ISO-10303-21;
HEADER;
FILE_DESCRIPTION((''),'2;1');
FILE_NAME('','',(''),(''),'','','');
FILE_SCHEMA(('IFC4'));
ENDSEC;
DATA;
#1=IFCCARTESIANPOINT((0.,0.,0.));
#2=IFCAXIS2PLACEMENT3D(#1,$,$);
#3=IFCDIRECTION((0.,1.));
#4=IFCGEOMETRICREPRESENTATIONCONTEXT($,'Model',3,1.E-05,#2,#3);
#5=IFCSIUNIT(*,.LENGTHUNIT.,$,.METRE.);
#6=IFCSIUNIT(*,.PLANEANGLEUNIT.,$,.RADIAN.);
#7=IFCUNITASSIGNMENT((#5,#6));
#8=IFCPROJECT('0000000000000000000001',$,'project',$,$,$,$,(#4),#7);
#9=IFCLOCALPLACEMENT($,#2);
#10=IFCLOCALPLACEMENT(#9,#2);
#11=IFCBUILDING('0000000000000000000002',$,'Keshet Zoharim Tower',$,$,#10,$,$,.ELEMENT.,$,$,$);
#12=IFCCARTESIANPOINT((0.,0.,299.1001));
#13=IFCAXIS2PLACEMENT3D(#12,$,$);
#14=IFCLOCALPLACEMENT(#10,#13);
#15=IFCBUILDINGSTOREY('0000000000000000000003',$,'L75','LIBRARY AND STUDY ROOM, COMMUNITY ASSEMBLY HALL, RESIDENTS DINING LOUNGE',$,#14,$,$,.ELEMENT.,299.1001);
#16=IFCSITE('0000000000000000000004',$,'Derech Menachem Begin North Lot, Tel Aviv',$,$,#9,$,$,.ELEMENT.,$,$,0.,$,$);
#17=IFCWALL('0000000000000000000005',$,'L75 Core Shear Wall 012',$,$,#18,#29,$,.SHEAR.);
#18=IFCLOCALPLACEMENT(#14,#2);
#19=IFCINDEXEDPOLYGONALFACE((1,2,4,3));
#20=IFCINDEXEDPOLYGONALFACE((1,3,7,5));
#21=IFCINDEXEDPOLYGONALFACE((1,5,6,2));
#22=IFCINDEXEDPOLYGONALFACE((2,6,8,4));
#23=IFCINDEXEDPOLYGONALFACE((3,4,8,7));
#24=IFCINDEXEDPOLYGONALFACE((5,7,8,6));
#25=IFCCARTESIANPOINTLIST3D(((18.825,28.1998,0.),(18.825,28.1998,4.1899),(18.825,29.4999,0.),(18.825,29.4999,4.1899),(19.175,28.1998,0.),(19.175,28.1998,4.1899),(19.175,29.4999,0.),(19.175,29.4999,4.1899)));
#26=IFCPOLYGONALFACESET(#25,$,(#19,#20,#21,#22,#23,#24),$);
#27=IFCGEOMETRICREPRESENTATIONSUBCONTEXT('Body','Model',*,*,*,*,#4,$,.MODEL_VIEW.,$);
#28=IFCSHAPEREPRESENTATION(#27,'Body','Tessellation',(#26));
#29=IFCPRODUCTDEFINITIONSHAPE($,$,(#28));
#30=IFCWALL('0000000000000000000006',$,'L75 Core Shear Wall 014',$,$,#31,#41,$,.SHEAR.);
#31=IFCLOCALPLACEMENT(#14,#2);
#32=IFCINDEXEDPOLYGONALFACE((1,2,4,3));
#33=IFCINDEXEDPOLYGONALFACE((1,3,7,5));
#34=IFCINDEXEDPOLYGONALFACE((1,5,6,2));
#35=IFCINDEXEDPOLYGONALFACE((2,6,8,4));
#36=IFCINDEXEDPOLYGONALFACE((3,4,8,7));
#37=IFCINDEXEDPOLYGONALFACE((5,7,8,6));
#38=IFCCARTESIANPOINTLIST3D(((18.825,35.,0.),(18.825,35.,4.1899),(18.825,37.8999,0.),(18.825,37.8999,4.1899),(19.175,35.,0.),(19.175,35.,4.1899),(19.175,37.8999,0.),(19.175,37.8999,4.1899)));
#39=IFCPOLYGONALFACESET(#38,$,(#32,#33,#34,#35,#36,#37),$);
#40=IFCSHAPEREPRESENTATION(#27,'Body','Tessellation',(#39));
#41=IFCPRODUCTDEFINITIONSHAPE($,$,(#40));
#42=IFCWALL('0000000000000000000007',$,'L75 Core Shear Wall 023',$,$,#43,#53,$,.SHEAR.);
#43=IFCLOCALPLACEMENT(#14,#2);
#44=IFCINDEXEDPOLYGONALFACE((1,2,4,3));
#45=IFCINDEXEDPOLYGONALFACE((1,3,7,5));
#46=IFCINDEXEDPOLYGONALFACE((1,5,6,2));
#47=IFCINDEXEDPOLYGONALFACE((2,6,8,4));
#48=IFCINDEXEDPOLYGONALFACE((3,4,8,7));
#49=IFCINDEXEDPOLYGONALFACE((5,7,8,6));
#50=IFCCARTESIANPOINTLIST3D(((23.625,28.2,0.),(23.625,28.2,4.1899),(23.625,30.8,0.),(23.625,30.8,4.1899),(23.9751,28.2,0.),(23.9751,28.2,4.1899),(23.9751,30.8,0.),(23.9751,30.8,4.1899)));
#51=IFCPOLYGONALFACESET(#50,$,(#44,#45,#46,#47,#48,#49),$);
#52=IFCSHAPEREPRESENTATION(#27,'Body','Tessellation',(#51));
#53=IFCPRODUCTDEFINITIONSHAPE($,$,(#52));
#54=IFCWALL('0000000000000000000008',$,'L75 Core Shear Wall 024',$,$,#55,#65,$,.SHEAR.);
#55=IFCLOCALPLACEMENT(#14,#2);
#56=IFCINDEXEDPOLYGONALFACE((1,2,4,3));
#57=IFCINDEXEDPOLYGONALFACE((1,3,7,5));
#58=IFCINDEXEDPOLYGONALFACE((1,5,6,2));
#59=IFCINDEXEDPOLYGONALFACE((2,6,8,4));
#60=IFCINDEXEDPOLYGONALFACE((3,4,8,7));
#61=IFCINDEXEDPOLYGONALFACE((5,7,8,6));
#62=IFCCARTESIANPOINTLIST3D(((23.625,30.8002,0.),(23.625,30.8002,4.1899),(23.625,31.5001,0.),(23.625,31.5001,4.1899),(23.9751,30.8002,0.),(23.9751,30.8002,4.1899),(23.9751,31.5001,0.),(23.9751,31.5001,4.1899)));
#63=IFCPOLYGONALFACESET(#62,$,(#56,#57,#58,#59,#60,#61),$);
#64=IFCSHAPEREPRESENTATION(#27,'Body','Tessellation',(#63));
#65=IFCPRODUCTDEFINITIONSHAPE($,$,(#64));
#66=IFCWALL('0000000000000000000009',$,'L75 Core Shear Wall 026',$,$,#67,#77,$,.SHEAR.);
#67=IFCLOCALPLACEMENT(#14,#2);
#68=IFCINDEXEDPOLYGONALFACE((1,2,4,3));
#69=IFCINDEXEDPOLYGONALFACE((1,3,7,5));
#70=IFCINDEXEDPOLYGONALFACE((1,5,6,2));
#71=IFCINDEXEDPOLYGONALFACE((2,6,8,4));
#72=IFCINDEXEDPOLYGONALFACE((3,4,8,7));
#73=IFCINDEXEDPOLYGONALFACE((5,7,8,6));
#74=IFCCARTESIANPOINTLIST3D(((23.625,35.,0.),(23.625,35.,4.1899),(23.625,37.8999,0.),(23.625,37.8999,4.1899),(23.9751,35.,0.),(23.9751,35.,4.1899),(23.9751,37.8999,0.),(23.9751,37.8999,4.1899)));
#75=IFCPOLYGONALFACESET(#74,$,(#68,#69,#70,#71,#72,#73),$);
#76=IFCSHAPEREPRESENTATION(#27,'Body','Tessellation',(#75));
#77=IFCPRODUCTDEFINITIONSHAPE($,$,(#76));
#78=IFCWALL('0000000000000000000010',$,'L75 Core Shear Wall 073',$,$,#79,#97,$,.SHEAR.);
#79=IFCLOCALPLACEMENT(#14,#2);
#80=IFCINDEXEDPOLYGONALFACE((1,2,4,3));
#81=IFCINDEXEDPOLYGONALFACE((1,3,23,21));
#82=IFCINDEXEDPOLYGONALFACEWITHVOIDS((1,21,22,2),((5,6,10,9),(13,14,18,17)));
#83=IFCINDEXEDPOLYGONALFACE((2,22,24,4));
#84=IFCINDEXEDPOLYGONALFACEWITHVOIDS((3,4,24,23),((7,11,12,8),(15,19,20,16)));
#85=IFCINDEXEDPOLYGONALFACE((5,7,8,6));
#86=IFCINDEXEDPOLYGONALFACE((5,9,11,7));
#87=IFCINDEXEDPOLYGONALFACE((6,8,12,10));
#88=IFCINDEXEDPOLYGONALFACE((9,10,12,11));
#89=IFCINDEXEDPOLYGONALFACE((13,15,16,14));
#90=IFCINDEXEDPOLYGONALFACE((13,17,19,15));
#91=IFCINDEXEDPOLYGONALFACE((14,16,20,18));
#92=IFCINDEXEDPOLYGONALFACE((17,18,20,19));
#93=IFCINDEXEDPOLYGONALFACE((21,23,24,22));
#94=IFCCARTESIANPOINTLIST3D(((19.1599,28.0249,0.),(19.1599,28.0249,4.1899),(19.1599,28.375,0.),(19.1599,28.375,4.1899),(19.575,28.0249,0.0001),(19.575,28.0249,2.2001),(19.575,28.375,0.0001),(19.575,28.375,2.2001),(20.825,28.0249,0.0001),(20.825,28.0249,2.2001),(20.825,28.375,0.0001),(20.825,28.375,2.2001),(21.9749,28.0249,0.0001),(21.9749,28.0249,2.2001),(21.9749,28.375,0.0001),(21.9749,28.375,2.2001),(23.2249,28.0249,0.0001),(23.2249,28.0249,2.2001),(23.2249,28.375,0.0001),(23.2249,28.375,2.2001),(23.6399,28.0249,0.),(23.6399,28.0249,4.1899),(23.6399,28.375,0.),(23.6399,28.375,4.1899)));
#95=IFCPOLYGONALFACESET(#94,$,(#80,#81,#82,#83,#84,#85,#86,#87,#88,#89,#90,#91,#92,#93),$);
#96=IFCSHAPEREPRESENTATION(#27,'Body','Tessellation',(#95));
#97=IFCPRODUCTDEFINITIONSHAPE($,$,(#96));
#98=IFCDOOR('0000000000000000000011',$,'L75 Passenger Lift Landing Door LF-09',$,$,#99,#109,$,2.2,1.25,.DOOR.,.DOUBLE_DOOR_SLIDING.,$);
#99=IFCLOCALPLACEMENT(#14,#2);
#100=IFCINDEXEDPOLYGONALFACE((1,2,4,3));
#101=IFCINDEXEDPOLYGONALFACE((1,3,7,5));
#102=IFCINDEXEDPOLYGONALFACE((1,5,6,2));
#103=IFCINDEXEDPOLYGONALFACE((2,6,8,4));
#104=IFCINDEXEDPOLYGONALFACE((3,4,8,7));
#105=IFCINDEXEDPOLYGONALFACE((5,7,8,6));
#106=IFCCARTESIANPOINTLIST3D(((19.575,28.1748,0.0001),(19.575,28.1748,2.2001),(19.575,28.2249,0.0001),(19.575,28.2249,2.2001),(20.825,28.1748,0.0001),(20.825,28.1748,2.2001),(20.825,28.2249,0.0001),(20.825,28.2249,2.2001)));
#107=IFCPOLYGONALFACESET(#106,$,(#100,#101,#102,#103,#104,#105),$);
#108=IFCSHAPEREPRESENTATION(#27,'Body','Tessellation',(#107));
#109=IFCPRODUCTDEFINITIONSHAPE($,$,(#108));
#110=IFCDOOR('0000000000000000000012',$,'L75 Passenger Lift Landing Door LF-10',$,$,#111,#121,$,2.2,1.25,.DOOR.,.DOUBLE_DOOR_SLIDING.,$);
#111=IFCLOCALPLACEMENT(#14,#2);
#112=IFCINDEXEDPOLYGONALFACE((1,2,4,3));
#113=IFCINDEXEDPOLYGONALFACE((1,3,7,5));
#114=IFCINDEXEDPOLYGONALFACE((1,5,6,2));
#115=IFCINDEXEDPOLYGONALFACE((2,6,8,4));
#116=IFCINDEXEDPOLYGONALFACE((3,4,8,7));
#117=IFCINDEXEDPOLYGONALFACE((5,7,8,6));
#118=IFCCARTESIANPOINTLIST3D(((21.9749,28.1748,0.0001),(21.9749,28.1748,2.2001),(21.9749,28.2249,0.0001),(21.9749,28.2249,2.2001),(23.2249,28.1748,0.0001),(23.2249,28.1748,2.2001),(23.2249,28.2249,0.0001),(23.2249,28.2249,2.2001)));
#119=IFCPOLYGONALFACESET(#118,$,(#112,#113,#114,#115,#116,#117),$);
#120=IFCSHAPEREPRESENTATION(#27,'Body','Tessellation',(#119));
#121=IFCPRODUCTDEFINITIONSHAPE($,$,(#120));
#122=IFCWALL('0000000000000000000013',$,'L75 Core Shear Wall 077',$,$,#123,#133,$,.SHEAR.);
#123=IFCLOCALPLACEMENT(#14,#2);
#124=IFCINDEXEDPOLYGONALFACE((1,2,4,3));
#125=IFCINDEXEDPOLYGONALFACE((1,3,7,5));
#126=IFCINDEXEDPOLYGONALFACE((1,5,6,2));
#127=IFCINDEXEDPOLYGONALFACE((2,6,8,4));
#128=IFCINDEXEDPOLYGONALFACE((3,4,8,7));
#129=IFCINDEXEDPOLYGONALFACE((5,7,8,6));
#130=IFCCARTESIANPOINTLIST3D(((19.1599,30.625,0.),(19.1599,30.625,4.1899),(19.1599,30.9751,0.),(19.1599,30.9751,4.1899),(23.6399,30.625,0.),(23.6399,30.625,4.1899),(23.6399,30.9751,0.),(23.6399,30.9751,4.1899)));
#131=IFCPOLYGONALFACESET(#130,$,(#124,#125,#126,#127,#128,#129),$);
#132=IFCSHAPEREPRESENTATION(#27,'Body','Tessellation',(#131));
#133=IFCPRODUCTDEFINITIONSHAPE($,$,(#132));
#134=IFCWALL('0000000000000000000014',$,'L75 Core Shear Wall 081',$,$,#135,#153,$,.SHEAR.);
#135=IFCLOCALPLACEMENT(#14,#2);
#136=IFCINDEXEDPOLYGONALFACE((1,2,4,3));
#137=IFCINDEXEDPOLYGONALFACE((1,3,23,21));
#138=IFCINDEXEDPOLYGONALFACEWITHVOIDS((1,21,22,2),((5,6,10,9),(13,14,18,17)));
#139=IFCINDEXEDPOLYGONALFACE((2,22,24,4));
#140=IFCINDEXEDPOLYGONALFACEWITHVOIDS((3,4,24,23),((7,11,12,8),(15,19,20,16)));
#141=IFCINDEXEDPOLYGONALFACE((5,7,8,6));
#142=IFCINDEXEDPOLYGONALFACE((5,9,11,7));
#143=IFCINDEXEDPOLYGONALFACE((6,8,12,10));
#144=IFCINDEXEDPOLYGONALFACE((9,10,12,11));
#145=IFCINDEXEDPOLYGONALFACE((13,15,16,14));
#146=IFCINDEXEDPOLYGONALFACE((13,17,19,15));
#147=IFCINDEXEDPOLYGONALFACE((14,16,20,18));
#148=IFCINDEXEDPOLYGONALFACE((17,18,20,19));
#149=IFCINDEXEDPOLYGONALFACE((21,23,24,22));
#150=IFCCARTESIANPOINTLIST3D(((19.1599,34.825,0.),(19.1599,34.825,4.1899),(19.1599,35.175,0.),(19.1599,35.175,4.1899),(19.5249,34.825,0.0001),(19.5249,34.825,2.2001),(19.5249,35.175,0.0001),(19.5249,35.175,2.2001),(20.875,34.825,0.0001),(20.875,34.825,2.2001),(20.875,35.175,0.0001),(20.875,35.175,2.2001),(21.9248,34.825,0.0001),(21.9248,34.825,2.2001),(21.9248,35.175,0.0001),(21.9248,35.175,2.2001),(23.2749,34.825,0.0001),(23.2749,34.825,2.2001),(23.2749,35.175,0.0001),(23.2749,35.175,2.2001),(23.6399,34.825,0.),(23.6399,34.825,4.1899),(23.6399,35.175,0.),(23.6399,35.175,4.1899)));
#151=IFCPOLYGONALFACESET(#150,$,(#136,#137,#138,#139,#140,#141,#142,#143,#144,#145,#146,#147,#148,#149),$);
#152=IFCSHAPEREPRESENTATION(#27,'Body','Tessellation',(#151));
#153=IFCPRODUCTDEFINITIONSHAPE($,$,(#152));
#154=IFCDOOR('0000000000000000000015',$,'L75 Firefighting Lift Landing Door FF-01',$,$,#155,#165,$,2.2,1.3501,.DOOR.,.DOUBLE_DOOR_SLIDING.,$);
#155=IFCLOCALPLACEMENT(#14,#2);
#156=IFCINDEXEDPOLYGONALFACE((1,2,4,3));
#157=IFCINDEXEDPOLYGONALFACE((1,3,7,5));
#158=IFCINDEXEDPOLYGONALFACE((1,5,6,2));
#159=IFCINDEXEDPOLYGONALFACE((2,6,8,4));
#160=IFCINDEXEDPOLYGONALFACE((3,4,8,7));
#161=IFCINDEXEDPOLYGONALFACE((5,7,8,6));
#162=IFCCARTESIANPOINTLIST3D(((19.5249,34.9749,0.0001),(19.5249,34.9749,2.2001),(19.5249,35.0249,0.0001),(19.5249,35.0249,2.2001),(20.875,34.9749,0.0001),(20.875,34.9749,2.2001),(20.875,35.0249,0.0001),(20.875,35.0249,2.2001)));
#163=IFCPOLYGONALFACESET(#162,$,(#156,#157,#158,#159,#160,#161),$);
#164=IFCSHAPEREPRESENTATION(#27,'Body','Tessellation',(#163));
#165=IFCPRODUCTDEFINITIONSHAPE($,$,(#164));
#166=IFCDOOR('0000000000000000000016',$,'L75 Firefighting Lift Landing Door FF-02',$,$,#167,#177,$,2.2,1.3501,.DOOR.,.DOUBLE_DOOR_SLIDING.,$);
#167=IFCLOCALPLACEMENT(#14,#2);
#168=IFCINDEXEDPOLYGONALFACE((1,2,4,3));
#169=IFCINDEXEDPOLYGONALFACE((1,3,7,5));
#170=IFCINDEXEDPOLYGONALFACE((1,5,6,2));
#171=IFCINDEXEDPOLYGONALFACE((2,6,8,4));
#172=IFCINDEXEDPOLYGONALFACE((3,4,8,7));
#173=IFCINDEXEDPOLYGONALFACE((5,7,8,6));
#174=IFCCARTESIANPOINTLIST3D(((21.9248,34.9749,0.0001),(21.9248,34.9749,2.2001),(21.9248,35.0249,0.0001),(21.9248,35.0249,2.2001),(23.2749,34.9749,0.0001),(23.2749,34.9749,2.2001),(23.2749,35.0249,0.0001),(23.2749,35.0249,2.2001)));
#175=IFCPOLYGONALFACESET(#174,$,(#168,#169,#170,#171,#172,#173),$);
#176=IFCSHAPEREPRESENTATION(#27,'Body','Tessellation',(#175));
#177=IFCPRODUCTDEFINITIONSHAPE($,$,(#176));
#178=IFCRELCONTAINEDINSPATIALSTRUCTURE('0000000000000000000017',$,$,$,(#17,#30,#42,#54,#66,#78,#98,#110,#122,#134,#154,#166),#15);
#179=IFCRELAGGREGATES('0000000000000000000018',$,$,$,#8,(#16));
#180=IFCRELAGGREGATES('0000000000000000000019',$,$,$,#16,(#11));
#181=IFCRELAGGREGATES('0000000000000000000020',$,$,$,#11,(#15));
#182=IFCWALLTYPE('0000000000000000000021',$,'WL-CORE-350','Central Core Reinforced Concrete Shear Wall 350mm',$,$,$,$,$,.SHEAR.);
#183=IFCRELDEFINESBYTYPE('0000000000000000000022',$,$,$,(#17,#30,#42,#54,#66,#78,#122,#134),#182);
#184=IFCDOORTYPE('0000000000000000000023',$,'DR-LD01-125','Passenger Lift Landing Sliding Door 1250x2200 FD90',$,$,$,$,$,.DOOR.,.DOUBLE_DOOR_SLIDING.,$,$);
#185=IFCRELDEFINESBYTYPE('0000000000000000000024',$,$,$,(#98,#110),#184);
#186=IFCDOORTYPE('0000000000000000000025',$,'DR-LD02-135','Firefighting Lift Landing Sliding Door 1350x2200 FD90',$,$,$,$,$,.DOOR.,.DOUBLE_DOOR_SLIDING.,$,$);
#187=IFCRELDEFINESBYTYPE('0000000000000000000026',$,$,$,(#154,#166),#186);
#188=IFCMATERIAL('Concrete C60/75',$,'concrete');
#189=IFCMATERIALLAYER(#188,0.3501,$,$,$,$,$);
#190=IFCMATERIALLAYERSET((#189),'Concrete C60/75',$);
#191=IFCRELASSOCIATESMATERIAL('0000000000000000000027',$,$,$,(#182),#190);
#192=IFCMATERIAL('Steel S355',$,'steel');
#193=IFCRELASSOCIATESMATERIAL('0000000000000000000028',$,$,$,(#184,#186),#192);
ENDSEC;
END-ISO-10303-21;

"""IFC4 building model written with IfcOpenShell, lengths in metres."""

from ifc_helpers import new_model, si_unit, direction, frame, frame_2d, origin, place, context, subcontext, project, spatial, rectangle, extrude, material, layer, layer_set, type_object, element, fill, save


model = new_model("IFC4")

# Units and contexts
model_context = context("Model", 3, precision=1e-05, world=origin(), true_north=direction((0.0, 1.0)))
body_context = subcontext(model_context, "Body", "Model", "MODEL_VIEW")
ifc_project = project(units=[si_unit("LENGTHUNIT", "METRE"), si_unit("PLANEANGLEUNIT", "RADIAN")], contexts=[model_context])

# Site, building, storey
site_placement = place(None, origin())
site = spatial("IfcSite", under=ifc_project, at=site_placement, Name="Derech Menachem Begin North Lot, Tel Aviv", CompositionType="ELEMENT", RefElevation=0.0)
building_placement = place(site_placement, origin())
building = spatial("IfcBuilding", under=site, at=building_placement, Name="Keshet Zoharim Tower", CompositionType="ELEMENT")
storey_placement = place(building_placement, frame((0.0, 0.0, 299.1001)))
storey = spatial("IfcBuildingStorey", under=building, at=storey_placement, Name="L75", Description="LIBRARY AND STUDY ROOM, COMMUNITY ASSEMBLY HALL, RESIDENTS DINING LOUNGE", CompositionType="ELEMENT", Elevation=299.1001)

# Wall
ifc_material_1 = material(Name="Concrete C60/75", Category="concrete")
ifc_layer_1 = layer(ifc_material_1, 0.3501)
ifc_layer_set_1 = layer_set([ifc_layer_1], Name="Concrete C60/75")
wall_type_1 = type_object("IfcWallType", Name="WL-CORE-350", Description="Central Core Reinforced Concrete Shear Wall 350mm", PredefinedType="SHEAR", material=ifc_layer_set_1)
wall_1_placement = place(storey_placement, frame((19.0, 28.2, 0.0), z_axis=(0.0, 0.0, 1.0), x_axis=(0.0, 1.0, 0.0)))
element("IfcWall", 1, at=wall_1_placement, inside=storey, type_object=wall_type_1, Name="L75 Core Shear Wall 012", PredefinedType="SHEAR", context=body_context, shape_type="SweptSolid", body=[
    extrude(rectangle(XDim=1.3, YDim=0.3501, at=frame_2d((0.6499, 0.0))), origin(), (0.0, 0.0, 1.0), 4.1899),
])

# Wall
wall_2_placement = place(storey_placement, frame((19.0, 35.0, 0.0), z_axis=(0.0, 0.0, 1.0), x_axis=(0.0, 1.0, 0.0)))
element("IfcWall", 2, at=wall_2_placement, inside=storey, type_object=wall_type_1, Name="L75 Core Shear Wall 014", PredefinedType="SHEAR", context=body_context, shape_type="SweptSolid", body=[
    extrude(rectangle(XDim=2.8999, YDim=0.3501, at=frame_2d((1.45, 0.0))), origin(), (0.0, 0.0, 1.0), 4.1899),
])

# Walls
wall_3_placement = place(storey_placement, frame((23.8, 28.2, 0.0), z_axis=(0.0, 0.0, 1.0), x_axis=(0.0, 1.0, 0.0)))
element("IfcWall", 3, at=wall_3_placement, inside=storey, type_object=wall_type_1, Name="L75 Core Shear Wall 023", PredefinedType="SHEAR", context=body_context, shape_type="SweptSolid", body=[
    extrude(rectangle(XDim=2.6001, YDim=0.3501, at=frame_2d((1.3, 0.0))), origin(), (0.0, 0.0, 1.0), 4.1899),
])
wall_4_placement = place(storey_placement, frame((23.8, 30.8, 0.0), z_axis=(0.0, 0.0, 1.0), x_axis=(0.0, 1.0, 0.0)))
element("IfcWall", 4, at=wall_4_placement, inside=storey, type_object=wall_type_1, Name="L75 Core Shear Wall 024", PredefinedType="SHEAR", context=body_context, shape_type="SweptSolid", body=[
    extrude(rectangle(XDim=0.7, YDim=0.3501, at=frame_2d((0.3501, 0.0))), origin(), (0.0, 0.0, 1.0), 4.1899),
])

# Wall
wall_5_placement = place(storey_placement, frame((23.8, 35.0, 0.0), z_axis=(0.0, 0.0, 1.0), x_axis=(0.0, 1.0, 0.0)))
element("IfcWall", 5, at=wall_5_placement, inside=storey, type_object=wall_type_1, Name="L75 Core Shear Wall 026", PredefinedType="SHEAR", context=body_context, shape_type="SweptSolid", body=[
    extrude(rectangle(XDim=2.8999, YDim=0.3501, at=frame_2d((1.45, 0.0))), origin(), (0.0, 0.0, 1.0), 4.1899),
])

# Wall, openings, doors
wall_6_placement = place(storey_placement, frame((19.1599, 28.2, 0.0), z_axis=(0.0, 0.0, 1.0), x_axis=(1.0, 0.0, 0.0)))
wall_6 = element("IfcWall", 6, at=wall_6_placement, inside=storey, type_object=wall_type_1, Name="L75 Core Shear Wall 073", PredefinedType="SHEAR", context=body_context, shape_type="SweptSolid", body=[
    extrude(rectangle(XDim=4.48, YDim=0.3501, at=frame_2d((2.24, 0.0))), origin(), (0.0, 0.0, 1.0), 4.1899),
])
opening_1_placement = place(wall_6_placement, frame((0.415, 0.0, 0.0)))
opening_1 = element("IfcOpeningElement", 7, at=opening_1_placement, cuts=wall_6, PredefinedType="OPENING", context=body_context, shape_type="SweptSolid", body=[
    extrude(rectangle(XDim=1.25, YDim=2.2, at=frame_2d((0.625, 1.1001))), frame((0.0, 0.1851, 0.0), z_axis=(0.0, -1.0, 0.0), x_axis=(1.0, 0.0, 0.0)), (0.0, 0.0, 1.0), 0.3701),
])
opening_2_placement = place(wall_6_placement, frame((2.8149, 0.0, 0.0)))
opening_2 = element("IfcOpeningElement", 8, at=opening_2_placement, cuts=wall_6, PredefinedType="OPENING", context=body_context, shape_type="SweptSolid", body=[
    extrude(rectangle(XDim=1.25, YDim=2.2, at=frame_2d((0.625, 1.1001))), frame((0.0, 0.1851, 0.0), z_axis=(0.0, -1.0, 0.0), x_axis=(1.0, 0.0, 0.0)), (0.0, 0.0, 1.0), 0.3701),
])
ifc_material_2 = material(Name="Steel S355", Category="steel")
door_type_1 = type_object("IfcDoorType", Name="DR-LD01-125", Description="Passenger Lift Landing Sliding Door 1250x2200 FD90", OperationType="DOUBLE_DOOR_SLIDING", PredefinedType="DOOR", material=ifc_material_2)
door_1_placement = place(opening_1_placement, origin())
door_1 = element("IfcDoor", 9, at=door_1_placement, inside=storey, type_object=door_type_1, Name="L75 Passenger Lift Landing Door LF-09", OperationType="DOUBLE_DOOR_SLIDING", OverallHeight=2.2, OverallWidth=1.25, PredefinedType="DOOR", context=body_context, shape_type="SweptSolid", body=[
    extrude(rectangle(XDim=1.25, YDim=2.2, at=frame_2d((0.625, 1.1001))), frame((0.0, 0.0249, 0.0), z_axis=(0.0, -1.0, 0.0), x_axis=(1.0, 0.0, 0.0)), (0.0, 0.0, 1.0), 0.05),
])
fill(opening_1, door_1)
door_2_placement = place(opening_2_placement, origin())
door_2 = element("IfcDoor", 10, at=door_2_placement, inside=storey, type_object=door_type_1, Name="L75 Passenger Lift Landing Door LF-10", OperationType="DOUBLE_DOOR_SLIDING", OverallHeight=2.2, OverallWidth=1.25, PredefinedType="DOOR", context=body_context, shape_type="SweptSolid", body=[
    extrude(rectangle(XDim=1.25, YDim=2.2, at=frame_2d((0.625, 1.1001))), frame((0.0, 0.0249, 0.0), z_axis=(0.0, -1.0, 0.0), x_axis=(1.0, 0.0, 0.0)), (0.0, 0.0, 1.0), 0.05),
])
fill(opening_2, door_2)

# Wall
wall_7_placement = place(storey_placement, frame((19.1599, 30.8, 0.0), z_axis=(0.0, 0.0, 1.0), x_axis=(1.0, 0.0, 0.0)))
element("IfcWall", 11, at=wall_7_placement, inside=storey, type_object=wall_type_1, Name="L75 Core Shear Wall 077", PredefinedType="SHEAR", context=body_context, shape_type="SweptSolid", body=[
    extrude(rectangle(XDim=4.48, YDim=0.3501, at=frame_2d((2.24, 0.0))), origin(), (0.0, 0.0, 1.0), 4.1899),
])

# Wall, openings, doors
wall_8_placement = place(storey_placement, frame((19.1599, 35.0, 0.0), z_axis=(0.0, 0.0, 1.0), x_axis=(1.0, 0.0, 0.0)))
wall_8 = element("IfcWall", 12, at=wall_8_placement, inside=storey, type_object=wall_type_1, Name="L75 Core Shear Wall 081", PredefinedType="SHEAR", context=body_context, shape_type="SweptSolid", body=[
    extrude(rectangle(XDim=4.48, YDim=0.3501, at=frame_2d((2.24, 0.0))), origin(), (0.0, 0.0, 1.0), 4.1899),
])
opening_3_placement = place(wall_8_placement, frame((0.365, 0.0, 0.0)))
opening_3 = element("IfcOpeningElement", 13, at=opening_3_placement, cuts=wall_8, PredefinedType="OPENING", context=body_context, shape_type="SweptSolid", body=[
    extrude(rectangle(XDim=1.3501, YDim=2.2, at=frame_2d((0.675, 1.1001))), frame((0.0, 0.1851, 0.0), z_axis=(0.0, -1.0, 0.0), x_axis=(1.0, 0.0, 0.0)), (0.0, 0.0, 1.0), 0.3701),
])
opening_4_placement = place(wall_8_placement, frame((2.7649, 0.0, 0.0)))
opening_4 = element("IfcOpeningElement", 14, at=opening_4_placement, cuts=wall_8, PredefinedType="OPENING", context=body_context, shape_type="SweptSolid", body=[
    extrude(rectangle(XDim=1.3501, YDim=2.2, at=frame_2d((0.675, 1.1001))), frame((0.0, 0.1851, 0.0), z_axis=(0.0, -1.0, 0.0), x_axis=(1.0, 0.0, 0.0)), (0.0, 0.0, 1.0), 0.3701),
])
door_type_2 = type_object("IfcDoorType", Name="DR-LD02-135", Description="Firefighting Lift Landing Sliding Door 1350x2200 FD90", OperationType="DOUBLE_DOOR_SLIDING", PredefinedType="DOOR", material=ifc_material_2)
door_3_placement = place(opening_3_placement, origin())
door_3 = element("IfcDoor", 15, at=door_3_placement, inside=storey, type_object=door_type_2, Name="L75 Firefighting Lift Landing Door FF-01", OperationType="DOUBLE_DOOR_SLIDING", OverallHeight=2.2, OverallWidth=1.3501, PredefinedType="DOOR", context=body_context, shape_type="SweptSolid", body=[
    extrude(rectangle(XDim=1.3501, YDim=2.2, at=frame_2d((0.675, 1.1001))), frame((0.0, 0.0249, 0.0), z_axis=(0.0, -1.0, 0.0), x_axis=(1.0, 0.0, 0.0)), (0.0, 0.0, 1.0), 0.05),
])
fill(opening_3, door_3)
door_4_placement = place(opening_4_placement, origin())
door_4 = element("IfcDoor", 16, at=door_4_placement, inside=storey, type_object=door_type_2, Name="L75 Firefighting Lift Landing Door FF-02", OperationType="DOUBLE_DOOR_SLIDING", OverallHeight=2.2, OverallWidth=1.3501, PredefinedType="DOOR", context=body_context, shape_type="SweptSolid", body=[
    extrude(rectangle(XDim=1.3501, YDim=2.2, at=frame_2d((0.675, 1.1001))), frame((0.0, 0.0249, 0.0), z_axis=(0.0, -1.0, 0.0), x_axis=(1.0, 0.0, 0.0)), (0.0, 0.0, 1.0), 0.05),
])
fill(opening_4, door_4)

save(model, "model.ifc")
